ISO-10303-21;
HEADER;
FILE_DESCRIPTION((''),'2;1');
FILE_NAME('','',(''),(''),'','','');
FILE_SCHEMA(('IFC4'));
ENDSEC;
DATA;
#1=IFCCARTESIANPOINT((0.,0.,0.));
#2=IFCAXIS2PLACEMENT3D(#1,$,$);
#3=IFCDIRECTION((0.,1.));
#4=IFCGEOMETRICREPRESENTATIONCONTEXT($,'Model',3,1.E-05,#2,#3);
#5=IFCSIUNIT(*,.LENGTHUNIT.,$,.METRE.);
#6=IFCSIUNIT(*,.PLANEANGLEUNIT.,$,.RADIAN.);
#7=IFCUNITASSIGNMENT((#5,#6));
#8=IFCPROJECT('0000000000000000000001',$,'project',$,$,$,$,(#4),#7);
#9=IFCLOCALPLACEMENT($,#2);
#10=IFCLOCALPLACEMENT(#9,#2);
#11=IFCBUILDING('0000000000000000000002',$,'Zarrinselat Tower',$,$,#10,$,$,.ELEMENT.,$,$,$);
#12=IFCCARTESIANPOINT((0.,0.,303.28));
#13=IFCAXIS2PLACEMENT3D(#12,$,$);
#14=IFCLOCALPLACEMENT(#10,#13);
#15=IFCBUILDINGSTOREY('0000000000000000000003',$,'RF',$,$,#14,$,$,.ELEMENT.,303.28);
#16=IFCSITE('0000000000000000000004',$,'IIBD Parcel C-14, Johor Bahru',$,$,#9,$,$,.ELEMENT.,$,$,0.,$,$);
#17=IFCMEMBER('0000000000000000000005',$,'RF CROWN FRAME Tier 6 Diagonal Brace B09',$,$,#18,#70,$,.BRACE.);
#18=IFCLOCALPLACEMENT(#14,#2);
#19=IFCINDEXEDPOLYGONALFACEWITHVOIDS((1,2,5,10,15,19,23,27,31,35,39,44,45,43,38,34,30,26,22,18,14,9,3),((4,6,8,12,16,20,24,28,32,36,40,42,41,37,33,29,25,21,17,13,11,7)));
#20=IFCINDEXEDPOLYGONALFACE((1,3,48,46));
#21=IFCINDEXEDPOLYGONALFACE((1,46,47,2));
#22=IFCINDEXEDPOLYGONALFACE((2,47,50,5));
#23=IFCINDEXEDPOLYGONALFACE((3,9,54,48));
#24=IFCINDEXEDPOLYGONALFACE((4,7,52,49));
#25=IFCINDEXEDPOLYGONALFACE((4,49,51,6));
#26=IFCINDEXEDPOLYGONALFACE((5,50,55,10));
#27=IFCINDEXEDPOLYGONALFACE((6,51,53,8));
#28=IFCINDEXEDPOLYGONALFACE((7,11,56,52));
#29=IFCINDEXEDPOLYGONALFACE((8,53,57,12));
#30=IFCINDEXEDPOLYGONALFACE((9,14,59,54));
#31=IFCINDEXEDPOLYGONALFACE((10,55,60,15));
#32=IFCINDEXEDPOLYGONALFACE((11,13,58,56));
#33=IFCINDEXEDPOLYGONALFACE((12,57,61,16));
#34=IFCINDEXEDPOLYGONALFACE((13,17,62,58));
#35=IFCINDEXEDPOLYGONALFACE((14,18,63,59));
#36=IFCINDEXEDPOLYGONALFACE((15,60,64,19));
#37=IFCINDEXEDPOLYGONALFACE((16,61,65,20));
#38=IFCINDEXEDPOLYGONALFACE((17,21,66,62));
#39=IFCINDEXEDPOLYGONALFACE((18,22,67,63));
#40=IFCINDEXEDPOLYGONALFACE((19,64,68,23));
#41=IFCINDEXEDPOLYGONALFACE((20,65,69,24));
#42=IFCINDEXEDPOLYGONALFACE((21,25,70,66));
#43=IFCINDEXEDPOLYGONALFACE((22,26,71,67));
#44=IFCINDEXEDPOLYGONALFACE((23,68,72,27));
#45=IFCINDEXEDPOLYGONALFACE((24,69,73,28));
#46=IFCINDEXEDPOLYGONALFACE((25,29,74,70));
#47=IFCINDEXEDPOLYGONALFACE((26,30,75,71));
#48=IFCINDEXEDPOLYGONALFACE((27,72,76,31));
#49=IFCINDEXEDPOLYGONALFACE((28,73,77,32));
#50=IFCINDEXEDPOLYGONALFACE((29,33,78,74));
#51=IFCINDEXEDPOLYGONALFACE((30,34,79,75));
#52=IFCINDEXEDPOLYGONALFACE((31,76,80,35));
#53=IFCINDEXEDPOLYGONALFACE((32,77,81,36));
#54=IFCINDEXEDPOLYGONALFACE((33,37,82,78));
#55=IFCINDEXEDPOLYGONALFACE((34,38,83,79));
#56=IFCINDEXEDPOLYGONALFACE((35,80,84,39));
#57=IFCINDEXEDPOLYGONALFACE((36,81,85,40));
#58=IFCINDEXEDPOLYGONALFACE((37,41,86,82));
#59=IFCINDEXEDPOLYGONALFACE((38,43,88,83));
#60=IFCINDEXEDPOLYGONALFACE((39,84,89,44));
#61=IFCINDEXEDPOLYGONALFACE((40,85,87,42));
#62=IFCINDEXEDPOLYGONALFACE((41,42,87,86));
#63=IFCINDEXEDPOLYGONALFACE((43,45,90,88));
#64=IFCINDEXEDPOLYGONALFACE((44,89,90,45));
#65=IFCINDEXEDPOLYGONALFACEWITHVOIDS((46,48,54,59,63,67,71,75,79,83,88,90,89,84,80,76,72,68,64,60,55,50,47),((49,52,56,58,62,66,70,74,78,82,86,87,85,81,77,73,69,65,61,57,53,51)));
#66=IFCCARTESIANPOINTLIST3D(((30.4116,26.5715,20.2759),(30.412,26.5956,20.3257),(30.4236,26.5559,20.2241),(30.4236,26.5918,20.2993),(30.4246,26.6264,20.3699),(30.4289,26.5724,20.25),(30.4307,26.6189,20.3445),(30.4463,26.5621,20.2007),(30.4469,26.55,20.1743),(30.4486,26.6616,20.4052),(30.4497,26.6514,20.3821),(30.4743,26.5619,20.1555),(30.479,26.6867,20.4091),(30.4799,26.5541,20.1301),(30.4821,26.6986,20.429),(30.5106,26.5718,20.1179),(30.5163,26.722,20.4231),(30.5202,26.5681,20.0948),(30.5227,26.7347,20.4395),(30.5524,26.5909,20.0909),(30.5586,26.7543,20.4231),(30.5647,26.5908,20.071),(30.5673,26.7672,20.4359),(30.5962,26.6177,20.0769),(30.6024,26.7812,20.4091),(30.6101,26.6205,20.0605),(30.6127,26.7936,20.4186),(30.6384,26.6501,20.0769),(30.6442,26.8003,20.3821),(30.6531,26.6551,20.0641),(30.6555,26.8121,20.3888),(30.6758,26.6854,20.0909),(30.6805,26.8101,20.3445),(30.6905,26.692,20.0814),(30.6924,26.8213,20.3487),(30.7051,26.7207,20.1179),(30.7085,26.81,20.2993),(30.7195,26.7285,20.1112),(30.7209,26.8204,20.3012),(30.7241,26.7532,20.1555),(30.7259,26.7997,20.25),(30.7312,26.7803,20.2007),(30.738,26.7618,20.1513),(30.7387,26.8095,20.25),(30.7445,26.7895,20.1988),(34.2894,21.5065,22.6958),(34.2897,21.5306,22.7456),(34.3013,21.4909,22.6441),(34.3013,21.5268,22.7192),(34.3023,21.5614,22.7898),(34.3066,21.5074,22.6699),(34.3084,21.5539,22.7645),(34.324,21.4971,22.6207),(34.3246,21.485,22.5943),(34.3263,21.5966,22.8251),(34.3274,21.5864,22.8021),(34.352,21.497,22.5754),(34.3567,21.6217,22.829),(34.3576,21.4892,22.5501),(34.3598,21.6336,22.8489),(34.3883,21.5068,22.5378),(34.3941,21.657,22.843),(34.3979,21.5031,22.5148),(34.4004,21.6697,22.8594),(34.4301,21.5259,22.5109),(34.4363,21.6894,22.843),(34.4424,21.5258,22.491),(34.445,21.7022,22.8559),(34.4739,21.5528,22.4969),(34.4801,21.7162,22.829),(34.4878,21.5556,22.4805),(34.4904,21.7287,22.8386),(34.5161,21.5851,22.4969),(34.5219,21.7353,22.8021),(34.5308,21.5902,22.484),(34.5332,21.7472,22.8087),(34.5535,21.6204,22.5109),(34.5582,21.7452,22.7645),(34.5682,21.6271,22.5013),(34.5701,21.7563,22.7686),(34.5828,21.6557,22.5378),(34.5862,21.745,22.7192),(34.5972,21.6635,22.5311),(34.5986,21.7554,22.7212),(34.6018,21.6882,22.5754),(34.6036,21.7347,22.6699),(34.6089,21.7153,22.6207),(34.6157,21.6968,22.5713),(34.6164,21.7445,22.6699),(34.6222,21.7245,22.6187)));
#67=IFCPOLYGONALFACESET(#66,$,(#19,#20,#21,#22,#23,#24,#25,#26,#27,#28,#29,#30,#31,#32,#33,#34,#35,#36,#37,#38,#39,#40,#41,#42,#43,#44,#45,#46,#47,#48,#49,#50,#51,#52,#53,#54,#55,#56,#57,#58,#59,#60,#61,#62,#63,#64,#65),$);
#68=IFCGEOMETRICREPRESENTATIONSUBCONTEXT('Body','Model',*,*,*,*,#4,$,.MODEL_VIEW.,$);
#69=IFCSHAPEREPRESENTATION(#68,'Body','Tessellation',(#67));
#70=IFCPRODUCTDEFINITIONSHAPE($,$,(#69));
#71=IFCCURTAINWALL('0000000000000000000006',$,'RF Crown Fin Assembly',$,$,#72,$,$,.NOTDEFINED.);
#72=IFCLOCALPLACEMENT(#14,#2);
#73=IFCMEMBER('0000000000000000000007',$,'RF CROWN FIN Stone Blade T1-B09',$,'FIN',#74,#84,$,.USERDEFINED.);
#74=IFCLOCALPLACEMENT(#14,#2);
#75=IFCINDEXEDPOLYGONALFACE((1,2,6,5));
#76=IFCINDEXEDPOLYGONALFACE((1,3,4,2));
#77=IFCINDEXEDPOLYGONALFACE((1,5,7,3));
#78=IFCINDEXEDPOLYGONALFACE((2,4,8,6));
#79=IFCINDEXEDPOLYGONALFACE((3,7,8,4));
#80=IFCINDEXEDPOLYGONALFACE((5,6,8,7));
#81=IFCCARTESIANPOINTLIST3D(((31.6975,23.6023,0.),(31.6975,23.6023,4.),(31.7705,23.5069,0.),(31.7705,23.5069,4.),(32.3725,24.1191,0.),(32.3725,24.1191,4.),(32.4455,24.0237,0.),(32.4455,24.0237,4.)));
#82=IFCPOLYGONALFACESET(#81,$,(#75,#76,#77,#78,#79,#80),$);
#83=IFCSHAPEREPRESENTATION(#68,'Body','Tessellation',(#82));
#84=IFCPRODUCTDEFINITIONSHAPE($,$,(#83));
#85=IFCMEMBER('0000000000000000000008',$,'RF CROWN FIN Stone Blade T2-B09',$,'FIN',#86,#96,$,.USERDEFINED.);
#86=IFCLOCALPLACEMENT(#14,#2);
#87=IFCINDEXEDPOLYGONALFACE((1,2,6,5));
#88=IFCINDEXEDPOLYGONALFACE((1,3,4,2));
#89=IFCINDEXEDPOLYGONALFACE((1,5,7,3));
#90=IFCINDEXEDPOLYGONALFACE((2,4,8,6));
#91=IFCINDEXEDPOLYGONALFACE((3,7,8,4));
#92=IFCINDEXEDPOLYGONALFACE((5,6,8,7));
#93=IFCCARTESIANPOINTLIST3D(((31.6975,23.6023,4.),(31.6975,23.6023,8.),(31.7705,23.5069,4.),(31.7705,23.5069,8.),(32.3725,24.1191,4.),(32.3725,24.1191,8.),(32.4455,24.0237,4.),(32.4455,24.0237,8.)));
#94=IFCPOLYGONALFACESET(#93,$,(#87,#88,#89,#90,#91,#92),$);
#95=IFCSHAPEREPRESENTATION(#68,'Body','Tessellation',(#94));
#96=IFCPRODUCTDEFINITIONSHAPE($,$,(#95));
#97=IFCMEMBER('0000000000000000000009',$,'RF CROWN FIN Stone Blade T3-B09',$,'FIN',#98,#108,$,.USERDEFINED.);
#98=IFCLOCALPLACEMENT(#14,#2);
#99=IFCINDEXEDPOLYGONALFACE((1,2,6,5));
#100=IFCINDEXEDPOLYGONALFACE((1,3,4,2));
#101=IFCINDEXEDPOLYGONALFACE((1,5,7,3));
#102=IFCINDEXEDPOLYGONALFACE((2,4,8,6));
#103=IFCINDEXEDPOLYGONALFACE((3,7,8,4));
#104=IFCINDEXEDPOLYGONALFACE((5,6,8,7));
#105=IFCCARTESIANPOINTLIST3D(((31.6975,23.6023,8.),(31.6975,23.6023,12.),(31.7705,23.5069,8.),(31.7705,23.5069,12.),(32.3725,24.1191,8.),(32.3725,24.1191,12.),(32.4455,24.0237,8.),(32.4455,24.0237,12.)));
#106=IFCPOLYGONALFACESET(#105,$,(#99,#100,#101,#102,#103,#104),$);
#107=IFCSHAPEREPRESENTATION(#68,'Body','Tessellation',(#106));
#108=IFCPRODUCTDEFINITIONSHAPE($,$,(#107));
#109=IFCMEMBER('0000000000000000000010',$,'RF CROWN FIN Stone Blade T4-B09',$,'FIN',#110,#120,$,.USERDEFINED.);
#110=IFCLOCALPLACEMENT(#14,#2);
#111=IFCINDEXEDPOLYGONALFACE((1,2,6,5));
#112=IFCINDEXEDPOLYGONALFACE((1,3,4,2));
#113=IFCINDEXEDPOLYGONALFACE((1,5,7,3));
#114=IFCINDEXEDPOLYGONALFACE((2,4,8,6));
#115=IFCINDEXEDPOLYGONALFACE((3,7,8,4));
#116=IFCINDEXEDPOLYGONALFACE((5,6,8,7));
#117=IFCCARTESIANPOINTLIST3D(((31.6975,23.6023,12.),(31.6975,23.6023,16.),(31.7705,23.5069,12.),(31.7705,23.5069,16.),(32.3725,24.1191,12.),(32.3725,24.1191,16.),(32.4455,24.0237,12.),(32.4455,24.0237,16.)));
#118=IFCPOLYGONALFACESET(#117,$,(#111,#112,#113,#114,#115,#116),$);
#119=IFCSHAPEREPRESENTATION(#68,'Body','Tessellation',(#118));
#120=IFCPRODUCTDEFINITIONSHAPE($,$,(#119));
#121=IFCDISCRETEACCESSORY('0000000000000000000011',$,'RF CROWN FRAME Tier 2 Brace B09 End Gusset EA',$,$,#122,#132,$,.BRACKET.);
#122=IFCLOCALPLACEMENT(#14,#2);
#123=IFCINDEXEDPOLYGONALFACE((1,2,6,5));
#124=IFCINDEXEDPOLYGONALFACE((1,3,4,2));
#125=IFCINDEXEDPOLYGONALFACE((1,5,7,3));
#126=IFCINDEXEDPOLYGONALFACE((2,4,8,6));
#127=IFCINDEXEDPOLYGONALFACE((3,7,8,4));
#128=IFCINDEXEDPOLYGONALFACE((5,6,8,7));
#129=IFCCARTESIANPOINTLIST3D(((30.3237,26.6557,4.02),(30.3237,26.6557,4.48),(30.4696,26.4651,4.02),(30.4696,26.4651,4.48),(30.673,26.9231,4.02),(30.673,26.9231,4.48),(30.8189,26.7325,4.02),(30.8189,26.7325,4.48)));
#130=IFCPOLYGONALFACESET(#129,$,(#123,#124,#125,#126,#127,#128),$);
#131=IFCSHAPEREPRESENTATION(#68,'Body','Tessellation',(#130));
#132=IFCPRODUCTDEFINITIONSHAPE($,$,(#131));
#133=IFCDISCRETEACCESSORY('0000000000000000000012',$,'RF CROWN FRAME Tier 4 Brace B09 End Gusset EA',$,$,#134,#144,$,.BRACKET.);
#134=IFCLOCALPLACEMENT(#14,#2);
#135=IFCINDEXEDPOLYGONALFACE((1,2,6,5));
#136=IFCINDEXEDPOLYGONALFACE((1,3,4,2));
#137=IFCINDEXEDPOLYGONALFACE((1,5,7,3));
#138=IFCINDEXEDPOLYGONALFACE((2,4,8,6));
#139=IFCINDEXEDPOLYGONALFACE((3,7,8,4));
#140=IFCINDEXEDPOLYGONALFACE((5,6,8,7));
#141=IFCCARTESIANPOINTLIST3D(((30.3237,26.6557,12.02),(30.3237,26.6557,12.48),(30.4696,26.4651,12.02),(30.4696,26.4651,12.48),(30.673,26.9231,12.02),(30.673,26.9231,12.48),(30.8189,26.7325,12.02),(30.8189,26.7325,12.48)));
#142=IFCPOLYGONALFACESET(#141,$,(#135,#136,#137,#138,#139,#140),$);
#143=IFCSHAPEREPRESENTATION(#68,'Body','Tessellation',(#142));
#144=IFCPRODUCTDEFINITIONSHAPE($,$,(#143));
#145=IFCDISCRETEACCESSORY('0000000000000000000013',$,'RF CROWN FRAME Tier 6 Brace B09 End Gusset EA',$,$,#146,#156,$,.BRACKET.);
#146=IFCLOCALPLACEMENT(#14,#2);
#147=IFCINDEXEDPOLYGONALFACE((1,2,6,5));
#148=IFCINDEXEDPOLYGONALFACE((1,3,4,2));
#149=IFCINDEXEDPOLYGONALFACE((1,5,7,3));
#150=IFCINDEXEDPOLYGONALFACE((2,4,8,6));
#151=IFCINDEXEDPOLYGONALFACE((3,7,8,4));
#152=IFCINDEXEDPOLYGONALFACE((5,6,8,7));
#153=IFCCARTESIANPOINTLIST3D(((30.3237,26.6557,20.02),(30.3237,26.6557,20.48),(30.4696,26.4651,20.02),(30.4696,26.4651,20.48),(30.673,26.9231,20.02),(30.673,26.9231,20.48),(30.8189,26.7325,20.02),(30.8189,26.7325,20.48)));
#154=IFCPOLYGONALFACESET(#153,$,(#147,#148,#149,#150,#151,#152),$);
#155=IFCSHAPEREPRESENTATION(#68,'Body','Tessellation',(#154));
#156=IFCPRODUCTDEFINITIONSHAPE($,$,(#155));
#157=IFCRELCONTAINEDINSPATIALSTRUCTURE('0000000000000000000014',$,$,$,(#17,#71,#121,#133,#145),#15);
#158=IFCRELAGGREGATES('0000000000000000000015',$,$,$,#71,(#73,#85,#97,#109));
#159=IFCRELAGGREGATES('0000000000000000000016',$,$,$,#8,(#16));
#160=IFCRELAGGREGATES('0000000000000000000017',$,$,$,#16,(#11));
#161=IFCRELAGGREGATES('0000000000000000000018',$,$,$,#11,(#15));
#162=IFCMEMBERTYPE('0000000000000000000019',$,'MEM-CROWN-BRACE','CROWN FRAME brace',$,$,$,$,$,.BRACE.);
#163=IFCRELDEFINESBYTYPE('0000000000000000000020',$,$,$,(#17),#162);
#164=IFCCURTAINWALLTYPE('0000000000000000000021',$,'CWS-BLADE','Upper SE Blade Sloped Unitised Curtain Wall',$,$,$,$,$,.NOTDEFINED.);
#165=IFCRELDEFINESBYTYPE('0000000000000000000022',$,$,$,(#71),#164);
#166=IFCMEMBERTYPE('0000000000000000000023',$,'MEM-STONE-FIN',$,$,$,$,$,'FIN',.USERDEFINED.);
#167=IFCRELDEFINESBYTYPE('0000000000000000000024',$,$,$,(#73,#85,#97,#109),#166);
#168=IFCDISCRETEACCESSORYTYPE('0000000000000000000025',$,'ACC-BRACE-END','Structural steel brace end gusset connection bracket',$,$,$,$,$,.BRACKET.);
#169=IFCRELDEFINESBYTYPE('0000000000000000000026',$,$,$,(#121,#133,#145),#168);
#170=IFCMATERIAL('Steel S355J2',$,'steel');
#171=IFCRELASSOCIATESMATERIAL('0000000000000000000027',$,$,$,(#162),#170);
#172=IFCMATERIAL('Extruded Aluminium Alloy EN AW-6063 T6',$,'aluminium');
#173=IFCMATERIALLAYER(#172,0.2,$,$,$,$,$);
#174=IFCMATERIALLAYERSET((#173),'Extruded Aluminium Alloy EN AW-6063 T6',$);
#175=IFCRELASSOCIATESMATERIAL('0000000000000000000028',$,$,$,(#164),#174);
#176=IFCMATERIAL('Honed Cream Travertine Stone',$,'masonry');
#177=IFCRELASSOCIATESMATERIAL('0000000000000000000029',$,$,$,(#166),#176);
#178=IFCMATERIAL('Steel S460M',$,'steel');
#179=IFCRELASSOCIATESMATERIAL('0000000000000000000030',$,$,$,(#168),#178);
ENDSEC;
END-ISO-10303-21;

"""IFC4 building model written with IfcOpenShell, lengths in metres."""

from ifc_helpers import new_model, si_unit, direction, frame, origin, origin_2d, place, context, subcontext, project, spatial, rectangle, hollow_circle, extrude, material, layer, layer_set, material_profile, profile_set, type_object, element, aggregate, save


model = new_model("IFC4")

# Units and contexts
model_context = context("Model", 3, precision=1e-05, world=origin(), true_north=direction((0.0, 1.0)))
body_context = subcontext(model_context, "Body", "Model", "MODEL_VIEW")
ifc_project = project(units=[si_unit("LENGTHUNIT", "METRE"), si_unit("PLANEANGLEUNIT", "RADIAN")], contexts=[model_context])

# Site, building, storey
site_placement = place(None, origin())
site = spatial("IfcSite", under=ifc_project, at=site_placement, Name="IIBD Parcel C-14, Johor Bahru", CompositionType="ELEMENT", RefElevation=0.0)
building_placement = place(site_placement, origin())
building = spatial("IfcBuilding", under=site, at=building_placement, Name="Zarrinselat Tower", CompositionType="ELEMENT")
storey_placement = place(building_placement, frame((0.0, 0.0, 303.28)))
storey = spatial("IfcBuildingStorey", under=building, at=storey_placement, Name="RF", CompositionType="ELEMENT", Elevation=303.28)

# Member
ifc_material_1 = material(Name="Steel S355J2", Category="steel")
ifc_material_profile_1 = material_profile(ifc_material_1, hollow_circle(Radius=0.2031, WallThickness=0.0161, at=origin_2d()), Name="CHS 406.4x16")
ifc_profile_set_1 = profile_set([ifc_material_profile_1], Name="Steel S355J2")
member_type_1 = type_object("IfcMemberType", Name="MEM-CROWN-BRACE", Description="CROWN FRAME brace", PredefinedType="BRACE", material=ifc_profile_set_1)
member_1_placement = place(storey_placement, frame((30.5774, 26.686, 20.25), z_axis=(0.56837, -0.742391, 0.354699), x_axis=(0.794018, 0.607895, 0.0)))
element("IfcMember", 1, at=member_1_placement, inside=storey, type_object=member_type_1, Name="RF CROWN FRAME Tier 6 Diagonal Brace B09", PredefinedType="BRACE", context=body_context, shape_type="SweptSolid", body=[
    extrude(hollow_circle(Radius=0.2031, WallThickness=0.0161, at=origin_2d()), origin(), (0.0, 0.0, 1.0), 6.8225),
])

# Curtain wall, members
ifc_material_2 = material(Name="Extruded Aluminium Alloy EN AW-6063 T6", Category="aluminium")
ifc_layer = layer(ifc_material_2, 0.2)
ifc_layer_set = layer_set([ifc_layer], Name="Extruded Aluminium Alloy EN AW-6063 T6")
curtain_wall_type = type_object("IfcCurtainWallType", Name="CWS-BLADE", Description="Upper SE Blade Sloped Unitised Curtain Wall", PredefinedType="NOTDEFINED", material=ifc_layer_set)
curtain_wall_placement = place(storey_placement, origin())
curtain_wall = element("IfcCurtainWall", 2, at=curtain_wall_placement, inside=storey, type_object=curtain_wall_type, Name="RF Crown Fin Assembly", PredefinedType="NOTDEFINED")
ifc_material_3 = material(Name="Honed Cream Travertine Stone", Category="masonry")
ifc_material_profile_2 = material_profile(ifc_material_3, rectangle(XDim=0.1201, YDim=0.8501, at=origin_2d()), Name="FIN 850x120")
ifc_profile_set_2 = profile_set([ifc_material_profile_2], Name="Honed Cream Travertine Stone")
member_type_2 = type_object("IfcMemberType", Name="MEM-STONE-FIN", ElementType="FIN", PredefinedType="USERDEFINED", material=ifc_profile_set_2)
member_2_placement = place(storey_placement, frame((32.0715, 23.813, 0.0), z_axis=(0.0, 0.0, 1.0), x_axis=(-0.607896, 0.794016, 0.0)))
member_2 = element("IfcMember", 3, at=member_2_placement, type_object=member_type_2, Name="RF CROWN FIN Stone Blade T1-B09", ObjectType="FIN", PredefinedType="USERDEFINED", context=body_context, shape_type="SweptSolid", body=[
    extrude(rectangle(XDim=0.1201, YDim=0.8501, at=origin_2d()), origin(), (0.0, 0.0, 1.0), 4.0),
])
member_3_placement = place(storey_placement, frame((32.0715, 23.813, 4.0), z_axis=(0.0, 0.0, 1.0), x_axis=(-0.607896, 0.794016, 0.0)))
member_3 = element("IfcMember", 4, at=member_3_placement, type_object=member_type_2, Name="RF CROWN FIN Stone Blade T2-B09", ObjectType="FIN", PredefinedType="USERDEFINED", context=body_context, shape_type="SweptSolid", body=[
    extrude(rectangle(XDim=0.1201, YDim=0.8501, at=origin_2d()), origin(), (0.0, 0.0, 1.0), 4.0),
])
member_4_placement = place(storey_placement, frame((32.0715, 23.813, 8.0), z_axis=(0.0, 0.0, 1.0), x_axis=(-0.607896, 0.794016, 0.0)))
member_4 = element("IfcMember", 5, at=member_4_placement, type_object=member_type_2, Name="RF CROWN FIN Stone Blade T3-B09", ObjectType="FIN", PredefinedType="USERDEFINED", context=body_context, shape_type="SweptSolid", body=[
    extrude(rectangle(XDim=0.1201, YDim=0.8501, at=origin_2d()), origin(), (0.0, 0.0, 1.0), 4.0),
])
member_5_placement = place(storey_placement, frame((32.0715, 23.813, 12.0), z_axis=(0.0, 0.0, 1.0), x_axis=(-0.607896, 0.794016, 0.0)))
member_5 = element("IfcMember", 6, at=member_5_placement, type_object=member_type_2, Name="RF CROWN FIN Stone Blade T4-B09", ObjectType="FIN", PredefinedType="USERDEFINED", context=body_context, shape_type="SweptSolid", body=[
    extrude(rectangle(XDim=0.1201, YDim=0.8501, at=origin_2d()), origin(), (0.0, 0.0, 1.0), 4.0),
])
aggregate(curtain_wall, [member_2, member_3, member_4, member_5])

# Discrete accessories
ifc_material_4 = material(Name="Steel S460M", Category="steel")
discrete_accessory_type = type_object("IfcDiscreteAccessoryType", Name="ACC-BRACE-END", Description="Structural steel brace end gusset connection bracket", PredefinedType="BRACKET", material=ifc_material_4)
for number, where, z_axis, x_axis, name in (
    (7, (30.5713, 26.6941, 4.02), (0.0, 0.0, 1.0), (0.607896, -0.794016, 0.0), "RF CROWN FRAME Tier 2 Brace B09 End Gusset EA"),
    (8, (30.5713, 26.6941, 12.02), (0.0, 0.0, 1.0), (0.607896, -0.794016, 0.0), "RF CROWN FRAME Tier 4 Brace B09 End Gusset EA"),
    (9, (30.5713, 26.6941, 20.02), (0.0, 0.0, 1.0), (0.607896, -0.794016, 0.0), "RF CROWN FRAME Tier 6 Brace B09 End Gusset EA"),
):
    element("IfcDiscreteAccessory", number, at=place(storey_placement, frame(where, z_axis=z_axis, x_axis=x_axis)), inside=storey, type_object=discrete_accessory_type, Name=name, PredefinedType="BRACKET", context=body_context, shape_type="SweptSolid", body=[
        extrude(rectangle(XDim=0.24, YDim=0.4399, at=origin_2d()), origin(), (0.0, 0.0, 1.0), 0.46),
    ])

save(model, "model.ifc")
